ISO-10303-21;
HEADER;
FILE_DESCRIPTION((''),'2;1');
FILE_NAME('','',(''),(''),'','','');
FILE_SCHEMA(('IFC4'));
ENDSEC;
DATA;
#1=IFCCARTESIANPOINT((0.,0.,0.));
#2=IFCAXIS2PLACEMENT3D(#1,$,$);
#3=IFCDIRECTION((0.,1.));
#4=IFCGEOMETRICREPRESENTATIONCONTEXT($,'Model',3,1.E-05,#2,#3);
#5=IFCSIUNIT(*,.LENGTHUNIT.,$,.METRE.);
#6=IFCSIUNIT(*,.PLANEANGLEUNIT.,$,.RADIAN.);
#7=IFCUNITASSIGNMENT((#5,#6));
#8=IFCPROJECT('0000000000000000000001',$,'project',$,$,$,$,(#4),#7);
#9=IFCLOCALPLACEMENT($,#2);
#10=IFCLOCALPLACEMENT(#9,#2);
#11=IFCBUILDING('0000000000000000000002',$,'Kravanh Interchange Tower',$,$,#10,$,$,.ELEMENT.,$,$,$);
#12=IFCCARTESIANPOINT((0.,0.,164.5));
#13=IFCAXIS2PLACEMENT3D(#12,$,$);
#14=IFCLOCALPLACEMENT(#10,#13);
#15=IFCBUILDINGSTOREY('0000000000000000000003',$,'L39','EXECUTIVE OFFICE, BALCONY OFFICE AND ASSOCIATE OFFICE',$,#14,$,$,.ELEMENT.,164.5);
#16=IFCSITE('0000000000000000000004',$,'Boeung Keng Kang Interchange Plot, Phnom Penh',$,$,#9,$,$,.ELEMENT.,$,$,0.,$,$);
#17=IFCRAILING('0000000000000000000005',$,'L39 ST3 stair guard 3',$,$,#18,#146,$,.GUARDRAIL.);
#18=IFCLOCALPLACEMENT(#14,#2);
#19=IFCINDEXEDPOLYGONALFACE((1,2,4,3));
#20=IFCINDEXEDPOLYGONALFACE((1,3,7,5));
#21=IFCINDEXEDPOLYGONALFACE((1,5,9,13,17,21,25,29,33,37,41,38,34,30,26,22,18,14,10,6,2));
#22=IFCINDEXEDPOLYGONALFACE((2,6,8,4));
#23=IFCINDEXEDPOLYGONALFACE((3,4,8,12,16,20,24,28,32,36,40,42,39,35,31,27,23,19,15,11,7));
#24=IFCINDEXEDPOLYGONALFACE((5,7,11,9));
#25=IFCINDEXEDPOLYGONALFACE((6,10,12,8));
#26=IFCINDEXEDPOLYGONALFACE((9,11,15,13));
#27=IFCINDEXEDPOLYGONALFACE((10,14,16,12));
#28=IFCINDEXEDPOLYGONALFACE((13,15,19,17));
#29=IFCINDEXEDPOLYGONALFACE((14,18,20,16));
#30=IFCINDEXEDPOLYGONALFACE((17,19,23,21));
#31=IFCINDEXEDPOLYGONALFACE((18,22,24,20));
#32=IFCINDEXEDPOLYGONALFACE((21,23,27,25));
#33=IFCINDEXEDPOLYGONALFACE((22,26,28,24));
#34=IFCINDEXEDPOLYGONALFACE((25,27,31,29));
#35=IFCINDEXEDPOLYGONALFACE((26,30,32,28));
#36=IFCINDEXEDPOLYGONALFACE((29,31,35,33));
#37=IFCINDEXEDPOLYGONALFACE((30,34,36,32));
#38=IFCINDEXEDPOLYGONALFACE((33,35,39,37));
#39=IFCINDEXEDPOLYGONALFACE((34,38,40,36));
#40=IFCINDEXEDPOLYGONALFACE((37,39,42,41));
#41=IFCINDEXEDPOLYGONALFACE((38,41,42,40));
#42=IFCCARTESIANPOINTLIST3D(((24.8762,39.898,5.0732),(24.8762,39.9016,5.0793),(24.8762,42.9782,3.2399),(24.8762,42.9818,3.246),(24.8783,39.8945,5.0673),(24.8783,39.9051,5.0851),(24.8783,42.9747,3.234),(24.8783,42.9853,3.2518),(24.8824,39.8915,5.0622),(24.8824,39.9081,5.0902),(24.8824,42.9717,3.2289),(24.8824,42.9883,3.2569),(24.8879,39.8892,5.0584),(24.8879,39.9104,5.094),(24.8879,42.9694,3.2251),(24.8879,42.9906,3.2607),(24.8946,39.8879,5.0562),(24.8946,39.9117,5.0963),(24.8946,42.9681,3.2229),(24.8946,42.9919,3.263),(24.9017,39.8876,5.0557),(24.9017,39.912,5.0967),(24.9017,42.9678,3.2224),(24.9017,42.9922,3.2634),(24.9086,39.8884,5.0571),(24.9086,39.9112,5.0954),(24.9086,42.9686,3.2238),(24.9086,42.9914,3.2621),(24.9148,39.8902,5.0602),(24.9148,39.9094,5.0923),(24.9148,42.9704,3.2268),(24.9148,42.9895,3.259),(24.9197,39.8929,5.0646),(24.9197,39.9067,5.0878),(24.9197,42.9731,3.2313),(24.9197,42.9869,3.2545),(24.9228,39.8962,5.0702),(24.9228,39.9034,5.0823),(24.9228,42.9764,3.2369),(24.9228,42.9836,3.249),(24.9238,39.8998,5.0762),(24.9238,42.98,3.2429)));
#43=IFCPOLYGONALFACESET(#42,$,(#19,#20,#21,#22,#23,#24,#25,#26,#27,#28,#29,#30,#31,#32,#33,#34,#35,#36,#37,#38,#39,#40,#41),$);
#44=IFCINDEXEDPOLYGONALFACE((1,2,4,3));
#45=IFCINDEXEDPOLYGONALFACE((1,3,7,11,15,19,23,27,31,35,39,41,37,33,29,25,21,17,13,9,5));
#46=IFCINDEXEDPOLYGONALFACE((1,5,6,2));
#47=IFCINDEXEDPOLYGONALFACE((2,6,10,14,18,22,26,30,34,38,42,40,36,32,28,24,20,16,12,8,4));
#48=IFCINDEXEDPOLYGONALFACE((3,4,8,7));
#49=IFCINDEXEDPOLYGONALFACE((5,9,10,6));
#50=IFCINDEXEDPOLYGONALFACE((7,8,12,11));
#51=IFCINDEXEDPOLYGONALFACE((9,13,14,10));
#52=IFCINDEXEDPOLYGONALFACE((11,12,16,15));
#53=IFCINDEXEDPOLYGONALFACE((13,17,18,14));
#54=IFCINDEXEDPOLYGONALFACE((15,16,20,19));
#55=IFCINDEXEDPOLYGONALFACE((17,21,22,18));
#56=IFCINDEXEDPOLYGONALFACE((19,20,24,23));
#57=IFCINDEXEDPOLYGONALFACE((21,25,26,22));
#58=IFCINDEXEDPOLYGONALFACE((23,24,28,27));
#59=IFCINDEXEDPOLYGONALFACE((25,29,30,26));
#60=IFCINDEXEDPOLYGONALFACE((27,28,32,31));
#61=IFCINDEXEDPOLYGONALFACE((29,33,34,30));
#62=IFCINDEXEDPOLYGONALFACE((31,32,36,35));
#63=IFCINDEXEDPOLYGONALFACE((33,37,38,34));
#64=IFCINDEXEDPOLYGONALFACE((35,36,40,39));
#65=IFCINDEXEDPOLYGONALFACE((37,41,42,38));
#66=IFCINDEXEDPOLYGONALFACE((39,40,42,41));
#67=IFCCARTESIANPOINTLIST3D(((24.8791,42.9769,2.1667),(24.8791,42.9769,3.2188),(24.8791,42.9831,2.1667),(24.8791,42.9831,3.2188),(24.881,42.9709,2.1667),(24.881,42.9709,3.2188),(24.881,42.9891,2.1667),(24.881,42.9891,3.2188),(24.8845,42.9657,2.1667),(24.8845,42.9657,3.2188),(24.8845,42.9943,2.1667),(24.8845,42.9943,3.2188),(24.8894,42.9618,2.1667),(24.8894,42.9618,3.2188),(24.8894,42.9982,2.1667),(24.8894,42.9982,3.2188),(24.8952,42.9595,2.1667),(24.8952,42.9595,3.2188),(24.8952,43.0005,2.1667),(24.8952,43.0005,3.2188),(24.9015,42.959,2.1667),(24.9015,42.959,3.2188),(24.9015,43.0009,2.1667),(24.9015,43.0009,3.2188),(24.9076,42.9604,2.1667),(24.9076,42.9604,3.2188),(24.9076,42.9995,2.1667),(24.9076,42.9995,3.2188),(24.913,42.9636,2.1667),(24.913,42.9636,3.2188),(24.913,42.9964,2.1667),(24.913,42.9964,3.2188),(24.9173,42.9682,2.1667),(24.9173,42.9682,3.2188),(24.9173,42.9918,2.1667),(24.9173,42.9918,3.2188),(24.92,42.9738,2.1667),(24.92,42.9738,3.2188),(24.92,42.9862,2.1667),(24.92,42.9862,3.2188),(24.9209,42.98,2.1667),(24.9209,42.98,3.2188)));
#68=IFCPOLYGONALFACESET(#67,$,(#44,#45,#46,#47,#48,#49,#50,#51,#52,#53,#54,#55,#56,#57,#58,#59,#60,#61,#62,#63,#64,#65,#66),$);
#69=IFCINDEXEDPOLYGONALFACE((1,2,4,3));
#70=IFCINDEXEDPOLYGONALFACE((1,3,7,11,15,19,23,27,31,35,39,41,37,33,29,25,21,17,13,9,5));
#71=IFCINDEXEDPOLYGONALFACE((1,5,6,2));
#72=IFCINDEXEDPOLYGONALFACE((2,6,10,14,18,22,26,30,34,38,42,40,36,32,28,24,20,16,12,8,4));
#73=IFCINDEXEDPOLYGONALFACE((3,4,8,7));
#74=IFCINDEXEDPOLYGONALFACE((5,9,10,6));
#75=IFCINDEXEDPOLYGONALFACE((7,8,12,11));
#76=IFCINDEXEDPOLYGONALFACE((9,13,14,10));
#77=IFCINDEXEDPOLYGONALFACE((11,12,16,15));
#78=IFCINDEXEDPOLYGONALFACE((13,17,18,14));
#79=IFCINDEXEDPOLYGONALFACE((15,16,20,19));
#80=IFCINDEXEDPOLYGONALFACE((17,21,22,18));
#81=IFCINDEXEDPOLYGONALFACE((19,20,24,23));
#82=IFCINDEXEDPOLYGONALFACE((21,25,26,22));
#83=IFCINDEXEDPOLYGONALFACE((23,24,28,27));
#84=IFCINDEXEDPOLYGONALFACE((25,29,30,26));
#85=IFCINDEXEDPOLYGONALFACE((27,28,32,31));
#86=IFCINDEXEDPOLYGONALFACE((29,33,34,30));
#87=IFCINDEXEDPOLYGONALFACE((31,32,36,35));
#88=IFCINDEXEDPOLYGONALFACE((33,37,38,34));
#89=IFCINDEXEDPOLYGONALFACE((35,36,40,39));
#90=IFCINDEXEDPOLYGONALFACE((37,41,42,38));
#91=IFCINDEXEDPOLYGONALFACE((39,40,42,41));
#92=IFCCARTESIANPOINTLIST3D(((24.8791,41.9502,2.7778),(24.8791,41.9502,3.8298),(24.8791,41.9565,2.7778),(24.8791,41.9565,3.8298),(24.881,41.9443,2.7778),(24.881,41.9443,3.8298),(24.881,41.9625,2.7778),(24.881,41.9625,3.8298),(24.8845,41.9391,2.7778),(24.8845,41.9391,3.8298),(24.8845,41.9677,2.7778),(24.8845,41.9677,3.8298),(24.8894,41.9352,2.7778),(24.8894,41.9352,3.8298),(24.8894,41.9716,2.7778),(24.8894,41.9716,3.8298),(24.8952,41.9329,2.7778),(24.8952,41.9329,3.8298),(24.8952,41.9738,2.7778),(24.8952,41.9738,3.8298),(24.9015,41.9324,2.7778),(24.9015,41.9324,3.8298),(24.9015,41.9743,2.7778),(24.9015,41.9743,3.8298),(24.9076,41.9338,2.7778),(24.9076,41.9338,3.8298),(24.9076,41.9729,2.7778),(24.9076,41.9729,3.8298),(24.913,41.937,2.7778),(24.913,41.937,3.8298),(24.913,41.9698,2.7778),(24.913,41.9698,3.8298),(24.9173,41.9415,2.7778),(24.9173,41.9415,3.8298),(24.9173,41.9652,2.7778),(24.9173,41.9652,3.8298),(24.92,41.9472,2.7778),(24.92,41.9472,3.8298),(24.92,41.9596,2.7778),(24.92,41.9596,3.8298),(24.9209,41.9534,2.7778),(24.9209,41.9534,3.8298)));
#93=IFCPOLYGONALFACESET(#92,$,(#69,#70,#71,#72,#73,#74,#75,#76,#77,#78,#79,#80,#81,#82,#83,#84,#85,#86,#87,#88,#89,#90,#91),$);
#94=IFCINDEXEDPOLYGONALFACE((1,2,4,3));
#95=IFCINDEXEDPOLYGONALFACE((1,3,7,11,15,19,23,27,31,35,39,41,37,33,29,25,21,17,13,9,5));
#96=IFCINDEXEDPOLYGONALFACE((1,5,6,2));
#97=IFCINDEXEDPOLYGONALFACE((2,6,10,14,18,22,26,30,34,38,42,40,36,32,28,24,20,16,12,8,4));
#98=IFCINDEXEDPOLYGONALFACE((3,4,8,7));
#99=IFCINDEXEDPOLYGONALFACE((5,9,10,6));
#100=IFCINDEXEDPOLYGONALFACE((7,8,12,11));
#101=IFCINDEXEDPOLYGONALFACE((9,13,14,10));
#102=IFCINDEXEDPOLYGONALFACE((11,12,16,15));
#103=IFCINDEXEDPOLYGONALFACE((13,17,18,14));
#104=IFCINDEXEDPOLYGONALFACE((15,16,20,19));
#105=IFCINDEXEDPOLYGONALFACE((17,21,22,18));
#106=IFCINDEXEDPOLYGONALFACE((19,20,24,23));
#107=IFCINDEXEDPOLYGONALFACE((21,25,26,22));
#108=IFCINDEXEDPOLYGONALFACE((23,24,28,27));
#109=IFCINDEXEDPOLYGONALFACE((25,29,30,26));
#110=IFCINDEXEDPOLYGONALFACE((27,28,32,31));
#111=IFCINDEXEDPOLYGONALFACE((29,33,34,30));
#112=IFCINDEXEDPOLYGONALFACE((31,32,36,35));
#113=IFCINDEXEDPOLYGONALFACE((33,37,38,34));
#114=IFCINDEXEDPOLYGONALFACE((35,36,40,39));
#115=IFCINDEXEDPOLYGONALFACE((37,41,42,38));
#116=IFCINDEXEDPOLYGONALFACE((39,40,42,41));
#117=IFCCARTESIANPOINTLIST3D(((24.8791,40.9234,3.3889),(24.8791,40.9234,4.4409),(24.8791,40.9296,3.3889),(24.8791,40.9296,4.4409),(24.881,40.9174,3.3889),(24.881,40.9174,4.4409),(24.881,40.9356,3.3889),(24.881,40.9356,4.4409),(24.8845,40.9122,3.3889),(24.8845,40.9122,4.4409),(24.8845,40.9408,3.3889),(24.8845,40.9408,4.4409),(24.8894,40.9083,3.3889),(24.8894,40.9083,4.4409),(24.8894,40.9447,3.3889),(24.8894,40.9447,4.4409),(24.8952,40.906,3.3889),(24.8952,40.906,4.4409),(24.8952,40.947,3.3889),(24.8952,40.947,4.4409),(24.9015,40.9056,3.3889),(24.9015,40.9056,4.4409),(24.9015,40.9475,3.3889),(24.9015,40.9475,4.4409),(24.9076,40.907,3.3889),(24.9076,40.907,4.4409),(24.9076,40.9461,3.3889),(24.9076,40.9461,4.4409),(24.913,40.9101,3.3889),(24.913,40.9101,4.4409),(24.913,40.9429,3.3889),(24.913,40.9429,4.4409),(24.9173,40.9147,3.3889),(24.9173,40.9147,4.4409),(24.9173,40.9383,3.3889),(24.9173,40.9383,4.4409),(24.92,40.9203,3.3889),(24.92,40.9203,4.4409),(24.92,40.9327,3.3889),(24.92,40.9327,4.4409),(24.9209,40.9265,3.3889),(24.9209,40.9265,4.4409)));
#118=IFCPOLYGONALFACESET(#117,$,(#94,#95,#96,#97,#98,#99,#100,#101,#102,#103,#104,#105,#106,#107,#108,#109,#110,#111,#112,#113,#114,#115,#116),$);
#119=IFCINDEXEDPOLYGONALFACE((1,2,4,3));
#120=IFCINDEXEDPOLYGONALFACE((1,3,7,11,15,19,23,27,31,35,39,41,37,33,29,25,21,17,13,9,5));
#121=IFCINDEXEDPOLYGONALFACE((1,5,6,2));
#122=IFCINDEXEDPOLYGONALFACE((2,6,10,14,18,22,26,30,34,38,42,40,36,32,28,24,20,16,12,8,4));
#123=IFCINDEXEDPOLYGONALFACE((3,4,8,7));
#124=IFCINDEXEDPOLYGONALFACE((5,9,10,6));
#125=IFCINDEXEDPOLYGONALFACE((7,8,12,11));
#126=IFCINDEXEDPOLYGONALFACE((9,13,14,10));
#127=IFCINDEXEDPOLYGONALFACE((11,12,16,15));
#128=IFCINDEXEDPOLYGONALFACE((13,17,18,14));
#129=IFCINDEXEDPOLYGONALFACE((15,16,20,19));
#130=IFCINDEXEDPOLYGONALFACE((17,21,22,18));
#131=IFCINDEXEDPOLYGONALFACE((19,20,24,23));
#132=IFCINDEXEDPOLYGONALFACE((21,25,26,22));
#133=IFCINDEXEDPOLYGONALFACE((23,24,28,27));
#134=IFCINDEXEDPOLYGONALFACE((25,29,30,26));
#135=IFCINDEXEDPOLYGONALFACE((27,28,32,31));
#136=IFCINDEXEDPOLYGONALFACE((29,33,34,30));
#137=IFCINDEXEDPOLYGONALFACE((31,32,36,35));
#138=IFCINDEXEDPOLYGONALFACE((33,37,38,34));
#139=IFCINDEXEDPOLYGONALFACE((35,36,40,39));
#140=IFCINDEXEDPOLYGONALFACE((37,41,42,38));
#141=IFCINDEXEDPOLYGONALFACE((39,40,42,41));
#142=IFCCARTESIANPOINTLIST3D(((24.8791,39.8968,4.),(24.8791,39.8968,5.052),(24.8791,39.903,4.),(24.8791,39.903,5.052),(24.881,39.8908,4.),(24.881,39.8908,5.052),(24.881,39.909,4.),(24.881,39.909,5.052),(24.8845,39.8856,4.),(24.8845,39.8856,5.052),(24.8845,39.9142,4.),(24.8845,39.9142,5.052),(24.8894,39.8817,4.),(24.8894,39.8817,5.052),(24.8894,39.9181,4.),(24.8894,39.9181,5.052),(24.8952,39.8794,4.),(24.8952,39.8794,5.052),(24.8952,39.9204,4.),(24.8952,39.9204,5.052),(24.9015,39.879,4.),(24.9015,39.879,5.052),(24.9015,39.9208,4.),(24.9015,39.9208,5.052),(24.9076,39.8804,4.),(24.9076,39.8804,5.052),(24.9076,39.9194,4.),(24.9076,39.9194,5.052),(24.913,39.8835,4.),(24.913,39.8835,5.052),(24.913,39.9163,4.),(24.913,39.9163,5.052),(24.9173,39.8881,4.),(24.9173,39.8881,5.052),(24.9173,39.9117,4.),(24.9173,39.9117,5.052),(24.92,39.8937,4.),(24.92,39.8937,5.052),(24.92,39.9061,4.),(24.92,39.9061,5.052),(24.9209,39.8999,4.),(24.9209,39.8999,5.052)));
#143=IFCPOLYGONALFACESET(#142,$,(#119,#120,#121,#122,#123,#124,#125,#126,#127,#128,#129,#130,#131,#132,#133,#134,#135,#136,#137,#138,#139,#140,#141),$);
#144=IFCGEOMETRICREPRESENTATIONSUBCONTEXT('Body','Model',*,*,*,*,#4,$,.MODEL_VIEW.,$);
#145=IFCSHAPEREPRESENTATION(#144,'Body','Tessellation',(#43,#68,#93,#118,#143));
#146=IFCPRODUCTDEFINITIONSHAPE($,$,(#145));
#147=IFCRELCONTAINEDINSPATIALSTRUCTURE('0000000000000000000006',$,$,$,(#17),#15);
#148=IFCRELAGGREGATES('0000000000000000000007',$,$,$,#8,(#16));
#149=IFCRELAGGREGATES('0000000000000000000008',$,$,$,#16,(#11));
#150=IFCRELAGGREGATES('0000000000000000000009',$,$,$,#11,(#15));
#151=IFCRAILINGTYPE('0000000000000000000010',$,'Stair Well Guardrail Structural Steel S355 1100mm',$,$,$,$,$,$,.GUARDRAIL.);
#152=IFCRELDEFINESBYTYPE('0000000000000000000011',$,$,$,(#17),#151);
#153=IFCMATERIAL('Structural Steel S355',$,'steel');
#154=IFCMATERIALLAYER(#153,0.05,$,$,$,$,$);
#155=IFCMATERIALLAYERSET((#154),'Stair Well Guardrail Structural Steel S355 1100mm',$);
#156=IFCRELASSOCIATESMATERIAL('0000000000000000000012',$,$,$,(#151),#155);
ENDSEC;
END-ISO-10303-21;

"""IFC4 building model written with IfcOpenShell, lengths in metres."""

from ifc_helpers import new_model, si_unit, direction, frame, origin, origin_2d, place, context, subcontext, project, spatial, circle, extrude, material, layer, layer_set, type_object, element, save


model = new_model("IFC4")

# Units and contexts
model_context = context("Model", 3, precision=1e-05, world=origin(), true_north=direction((0.0, 1.0)))
body_context = subcontext(model_context, "Body", "Model", "MODEL_VIEW")
ifc_project = project(units=[si_unit("LENGTHUNIT", "METRE"), si_unit("PLANEANGLEUNIT", "RADIAN")], contexts=[model_context])

# Site, building, storey
site_placement = place(None, origin())
site = spatial("IfcSite", under=ifc_project, at=site_placement, Name="Boeung Keng Kang Interchange Plot, Phnom Penh", CompositionType="ELEMENT", RefElevation=0.0)
building_placement = place(site_placement, origin())
building = spatial("IfcBuilding", under=site, at=building_placement, Name="Kravanh Interchange Tower", CompositionType="ELEMENT")
storey_placement = place(building_placement, frame((0.0, 0.0, 164.5)))
storey = spatial("IfcBuildingStorey", under=building, at=storey_placement, Name="L39", Description="EXECUTIVE OFFICE, BALCONY OFFICE AND ASSOCIATE OFFICE", CompositionType="ELEMENT", Elevation=164.5)

# Railing
ifc_material_1 = material(Name="Structural Steel S355", Category="steel")
ifc_layer_1 = layer(ifc_material_1, 0.05)
ifc_layer_set_1 = layer_set([ifc_layer_1], Name="Stair Well Guardrail Structural Steel S355 1100mm")
railing_type_1 = type_object("IfcRailingType", Name="Stair Well Guardrail Structural Steel S355 1100mm", PredefinedType="GUARDRAIL", material=ifc_layer_set_1)
railing_1_placement = place(storey_placement, frame((24.8999, 42.98, 2.1667)))
element("IfcRailing", 1, at=railing_1_placement, inside=storey, type_object=railing_type_1, Name="L39 ST3 stair guard 3", PredefinedType="GUARDRAIL", context=body_context, shape_type="SweptSolid", body=[
    extrude(circle(Radius=0.0239, at=origin_2d()), frame((0.0, 0.0, 1.0762), z_axis=(0.0, -0.859309, 0.511458), x_axis=(1.0, 0.0, 0.0)), (0.0, 0.0, 1.0), 3.5845),
    extrude(circle(Radius=0.021, at=origin_2d()), origin(), (0.0, 0.0, 1.0), 1.052),
    extrude(circle(Radius=0.021, at=origin_2d()), frame((0.0, -1.0266, 0.6111)), (0.0, 0.0, 1.0), 1.052),
    extrude(circle(Radius=0.021, at=origin_2d()), frame((0.0, -2.0535, 1.2222)), (0.0, 0.0, 1.0), 1.052),
    extrude(circle(Radius=0.021, at=origin_2d()), frame((0.0, -3.0801, 1.8333)), (0.0, 0.0, 1.0), 1.052),
])

save(model, "model.ifc")
